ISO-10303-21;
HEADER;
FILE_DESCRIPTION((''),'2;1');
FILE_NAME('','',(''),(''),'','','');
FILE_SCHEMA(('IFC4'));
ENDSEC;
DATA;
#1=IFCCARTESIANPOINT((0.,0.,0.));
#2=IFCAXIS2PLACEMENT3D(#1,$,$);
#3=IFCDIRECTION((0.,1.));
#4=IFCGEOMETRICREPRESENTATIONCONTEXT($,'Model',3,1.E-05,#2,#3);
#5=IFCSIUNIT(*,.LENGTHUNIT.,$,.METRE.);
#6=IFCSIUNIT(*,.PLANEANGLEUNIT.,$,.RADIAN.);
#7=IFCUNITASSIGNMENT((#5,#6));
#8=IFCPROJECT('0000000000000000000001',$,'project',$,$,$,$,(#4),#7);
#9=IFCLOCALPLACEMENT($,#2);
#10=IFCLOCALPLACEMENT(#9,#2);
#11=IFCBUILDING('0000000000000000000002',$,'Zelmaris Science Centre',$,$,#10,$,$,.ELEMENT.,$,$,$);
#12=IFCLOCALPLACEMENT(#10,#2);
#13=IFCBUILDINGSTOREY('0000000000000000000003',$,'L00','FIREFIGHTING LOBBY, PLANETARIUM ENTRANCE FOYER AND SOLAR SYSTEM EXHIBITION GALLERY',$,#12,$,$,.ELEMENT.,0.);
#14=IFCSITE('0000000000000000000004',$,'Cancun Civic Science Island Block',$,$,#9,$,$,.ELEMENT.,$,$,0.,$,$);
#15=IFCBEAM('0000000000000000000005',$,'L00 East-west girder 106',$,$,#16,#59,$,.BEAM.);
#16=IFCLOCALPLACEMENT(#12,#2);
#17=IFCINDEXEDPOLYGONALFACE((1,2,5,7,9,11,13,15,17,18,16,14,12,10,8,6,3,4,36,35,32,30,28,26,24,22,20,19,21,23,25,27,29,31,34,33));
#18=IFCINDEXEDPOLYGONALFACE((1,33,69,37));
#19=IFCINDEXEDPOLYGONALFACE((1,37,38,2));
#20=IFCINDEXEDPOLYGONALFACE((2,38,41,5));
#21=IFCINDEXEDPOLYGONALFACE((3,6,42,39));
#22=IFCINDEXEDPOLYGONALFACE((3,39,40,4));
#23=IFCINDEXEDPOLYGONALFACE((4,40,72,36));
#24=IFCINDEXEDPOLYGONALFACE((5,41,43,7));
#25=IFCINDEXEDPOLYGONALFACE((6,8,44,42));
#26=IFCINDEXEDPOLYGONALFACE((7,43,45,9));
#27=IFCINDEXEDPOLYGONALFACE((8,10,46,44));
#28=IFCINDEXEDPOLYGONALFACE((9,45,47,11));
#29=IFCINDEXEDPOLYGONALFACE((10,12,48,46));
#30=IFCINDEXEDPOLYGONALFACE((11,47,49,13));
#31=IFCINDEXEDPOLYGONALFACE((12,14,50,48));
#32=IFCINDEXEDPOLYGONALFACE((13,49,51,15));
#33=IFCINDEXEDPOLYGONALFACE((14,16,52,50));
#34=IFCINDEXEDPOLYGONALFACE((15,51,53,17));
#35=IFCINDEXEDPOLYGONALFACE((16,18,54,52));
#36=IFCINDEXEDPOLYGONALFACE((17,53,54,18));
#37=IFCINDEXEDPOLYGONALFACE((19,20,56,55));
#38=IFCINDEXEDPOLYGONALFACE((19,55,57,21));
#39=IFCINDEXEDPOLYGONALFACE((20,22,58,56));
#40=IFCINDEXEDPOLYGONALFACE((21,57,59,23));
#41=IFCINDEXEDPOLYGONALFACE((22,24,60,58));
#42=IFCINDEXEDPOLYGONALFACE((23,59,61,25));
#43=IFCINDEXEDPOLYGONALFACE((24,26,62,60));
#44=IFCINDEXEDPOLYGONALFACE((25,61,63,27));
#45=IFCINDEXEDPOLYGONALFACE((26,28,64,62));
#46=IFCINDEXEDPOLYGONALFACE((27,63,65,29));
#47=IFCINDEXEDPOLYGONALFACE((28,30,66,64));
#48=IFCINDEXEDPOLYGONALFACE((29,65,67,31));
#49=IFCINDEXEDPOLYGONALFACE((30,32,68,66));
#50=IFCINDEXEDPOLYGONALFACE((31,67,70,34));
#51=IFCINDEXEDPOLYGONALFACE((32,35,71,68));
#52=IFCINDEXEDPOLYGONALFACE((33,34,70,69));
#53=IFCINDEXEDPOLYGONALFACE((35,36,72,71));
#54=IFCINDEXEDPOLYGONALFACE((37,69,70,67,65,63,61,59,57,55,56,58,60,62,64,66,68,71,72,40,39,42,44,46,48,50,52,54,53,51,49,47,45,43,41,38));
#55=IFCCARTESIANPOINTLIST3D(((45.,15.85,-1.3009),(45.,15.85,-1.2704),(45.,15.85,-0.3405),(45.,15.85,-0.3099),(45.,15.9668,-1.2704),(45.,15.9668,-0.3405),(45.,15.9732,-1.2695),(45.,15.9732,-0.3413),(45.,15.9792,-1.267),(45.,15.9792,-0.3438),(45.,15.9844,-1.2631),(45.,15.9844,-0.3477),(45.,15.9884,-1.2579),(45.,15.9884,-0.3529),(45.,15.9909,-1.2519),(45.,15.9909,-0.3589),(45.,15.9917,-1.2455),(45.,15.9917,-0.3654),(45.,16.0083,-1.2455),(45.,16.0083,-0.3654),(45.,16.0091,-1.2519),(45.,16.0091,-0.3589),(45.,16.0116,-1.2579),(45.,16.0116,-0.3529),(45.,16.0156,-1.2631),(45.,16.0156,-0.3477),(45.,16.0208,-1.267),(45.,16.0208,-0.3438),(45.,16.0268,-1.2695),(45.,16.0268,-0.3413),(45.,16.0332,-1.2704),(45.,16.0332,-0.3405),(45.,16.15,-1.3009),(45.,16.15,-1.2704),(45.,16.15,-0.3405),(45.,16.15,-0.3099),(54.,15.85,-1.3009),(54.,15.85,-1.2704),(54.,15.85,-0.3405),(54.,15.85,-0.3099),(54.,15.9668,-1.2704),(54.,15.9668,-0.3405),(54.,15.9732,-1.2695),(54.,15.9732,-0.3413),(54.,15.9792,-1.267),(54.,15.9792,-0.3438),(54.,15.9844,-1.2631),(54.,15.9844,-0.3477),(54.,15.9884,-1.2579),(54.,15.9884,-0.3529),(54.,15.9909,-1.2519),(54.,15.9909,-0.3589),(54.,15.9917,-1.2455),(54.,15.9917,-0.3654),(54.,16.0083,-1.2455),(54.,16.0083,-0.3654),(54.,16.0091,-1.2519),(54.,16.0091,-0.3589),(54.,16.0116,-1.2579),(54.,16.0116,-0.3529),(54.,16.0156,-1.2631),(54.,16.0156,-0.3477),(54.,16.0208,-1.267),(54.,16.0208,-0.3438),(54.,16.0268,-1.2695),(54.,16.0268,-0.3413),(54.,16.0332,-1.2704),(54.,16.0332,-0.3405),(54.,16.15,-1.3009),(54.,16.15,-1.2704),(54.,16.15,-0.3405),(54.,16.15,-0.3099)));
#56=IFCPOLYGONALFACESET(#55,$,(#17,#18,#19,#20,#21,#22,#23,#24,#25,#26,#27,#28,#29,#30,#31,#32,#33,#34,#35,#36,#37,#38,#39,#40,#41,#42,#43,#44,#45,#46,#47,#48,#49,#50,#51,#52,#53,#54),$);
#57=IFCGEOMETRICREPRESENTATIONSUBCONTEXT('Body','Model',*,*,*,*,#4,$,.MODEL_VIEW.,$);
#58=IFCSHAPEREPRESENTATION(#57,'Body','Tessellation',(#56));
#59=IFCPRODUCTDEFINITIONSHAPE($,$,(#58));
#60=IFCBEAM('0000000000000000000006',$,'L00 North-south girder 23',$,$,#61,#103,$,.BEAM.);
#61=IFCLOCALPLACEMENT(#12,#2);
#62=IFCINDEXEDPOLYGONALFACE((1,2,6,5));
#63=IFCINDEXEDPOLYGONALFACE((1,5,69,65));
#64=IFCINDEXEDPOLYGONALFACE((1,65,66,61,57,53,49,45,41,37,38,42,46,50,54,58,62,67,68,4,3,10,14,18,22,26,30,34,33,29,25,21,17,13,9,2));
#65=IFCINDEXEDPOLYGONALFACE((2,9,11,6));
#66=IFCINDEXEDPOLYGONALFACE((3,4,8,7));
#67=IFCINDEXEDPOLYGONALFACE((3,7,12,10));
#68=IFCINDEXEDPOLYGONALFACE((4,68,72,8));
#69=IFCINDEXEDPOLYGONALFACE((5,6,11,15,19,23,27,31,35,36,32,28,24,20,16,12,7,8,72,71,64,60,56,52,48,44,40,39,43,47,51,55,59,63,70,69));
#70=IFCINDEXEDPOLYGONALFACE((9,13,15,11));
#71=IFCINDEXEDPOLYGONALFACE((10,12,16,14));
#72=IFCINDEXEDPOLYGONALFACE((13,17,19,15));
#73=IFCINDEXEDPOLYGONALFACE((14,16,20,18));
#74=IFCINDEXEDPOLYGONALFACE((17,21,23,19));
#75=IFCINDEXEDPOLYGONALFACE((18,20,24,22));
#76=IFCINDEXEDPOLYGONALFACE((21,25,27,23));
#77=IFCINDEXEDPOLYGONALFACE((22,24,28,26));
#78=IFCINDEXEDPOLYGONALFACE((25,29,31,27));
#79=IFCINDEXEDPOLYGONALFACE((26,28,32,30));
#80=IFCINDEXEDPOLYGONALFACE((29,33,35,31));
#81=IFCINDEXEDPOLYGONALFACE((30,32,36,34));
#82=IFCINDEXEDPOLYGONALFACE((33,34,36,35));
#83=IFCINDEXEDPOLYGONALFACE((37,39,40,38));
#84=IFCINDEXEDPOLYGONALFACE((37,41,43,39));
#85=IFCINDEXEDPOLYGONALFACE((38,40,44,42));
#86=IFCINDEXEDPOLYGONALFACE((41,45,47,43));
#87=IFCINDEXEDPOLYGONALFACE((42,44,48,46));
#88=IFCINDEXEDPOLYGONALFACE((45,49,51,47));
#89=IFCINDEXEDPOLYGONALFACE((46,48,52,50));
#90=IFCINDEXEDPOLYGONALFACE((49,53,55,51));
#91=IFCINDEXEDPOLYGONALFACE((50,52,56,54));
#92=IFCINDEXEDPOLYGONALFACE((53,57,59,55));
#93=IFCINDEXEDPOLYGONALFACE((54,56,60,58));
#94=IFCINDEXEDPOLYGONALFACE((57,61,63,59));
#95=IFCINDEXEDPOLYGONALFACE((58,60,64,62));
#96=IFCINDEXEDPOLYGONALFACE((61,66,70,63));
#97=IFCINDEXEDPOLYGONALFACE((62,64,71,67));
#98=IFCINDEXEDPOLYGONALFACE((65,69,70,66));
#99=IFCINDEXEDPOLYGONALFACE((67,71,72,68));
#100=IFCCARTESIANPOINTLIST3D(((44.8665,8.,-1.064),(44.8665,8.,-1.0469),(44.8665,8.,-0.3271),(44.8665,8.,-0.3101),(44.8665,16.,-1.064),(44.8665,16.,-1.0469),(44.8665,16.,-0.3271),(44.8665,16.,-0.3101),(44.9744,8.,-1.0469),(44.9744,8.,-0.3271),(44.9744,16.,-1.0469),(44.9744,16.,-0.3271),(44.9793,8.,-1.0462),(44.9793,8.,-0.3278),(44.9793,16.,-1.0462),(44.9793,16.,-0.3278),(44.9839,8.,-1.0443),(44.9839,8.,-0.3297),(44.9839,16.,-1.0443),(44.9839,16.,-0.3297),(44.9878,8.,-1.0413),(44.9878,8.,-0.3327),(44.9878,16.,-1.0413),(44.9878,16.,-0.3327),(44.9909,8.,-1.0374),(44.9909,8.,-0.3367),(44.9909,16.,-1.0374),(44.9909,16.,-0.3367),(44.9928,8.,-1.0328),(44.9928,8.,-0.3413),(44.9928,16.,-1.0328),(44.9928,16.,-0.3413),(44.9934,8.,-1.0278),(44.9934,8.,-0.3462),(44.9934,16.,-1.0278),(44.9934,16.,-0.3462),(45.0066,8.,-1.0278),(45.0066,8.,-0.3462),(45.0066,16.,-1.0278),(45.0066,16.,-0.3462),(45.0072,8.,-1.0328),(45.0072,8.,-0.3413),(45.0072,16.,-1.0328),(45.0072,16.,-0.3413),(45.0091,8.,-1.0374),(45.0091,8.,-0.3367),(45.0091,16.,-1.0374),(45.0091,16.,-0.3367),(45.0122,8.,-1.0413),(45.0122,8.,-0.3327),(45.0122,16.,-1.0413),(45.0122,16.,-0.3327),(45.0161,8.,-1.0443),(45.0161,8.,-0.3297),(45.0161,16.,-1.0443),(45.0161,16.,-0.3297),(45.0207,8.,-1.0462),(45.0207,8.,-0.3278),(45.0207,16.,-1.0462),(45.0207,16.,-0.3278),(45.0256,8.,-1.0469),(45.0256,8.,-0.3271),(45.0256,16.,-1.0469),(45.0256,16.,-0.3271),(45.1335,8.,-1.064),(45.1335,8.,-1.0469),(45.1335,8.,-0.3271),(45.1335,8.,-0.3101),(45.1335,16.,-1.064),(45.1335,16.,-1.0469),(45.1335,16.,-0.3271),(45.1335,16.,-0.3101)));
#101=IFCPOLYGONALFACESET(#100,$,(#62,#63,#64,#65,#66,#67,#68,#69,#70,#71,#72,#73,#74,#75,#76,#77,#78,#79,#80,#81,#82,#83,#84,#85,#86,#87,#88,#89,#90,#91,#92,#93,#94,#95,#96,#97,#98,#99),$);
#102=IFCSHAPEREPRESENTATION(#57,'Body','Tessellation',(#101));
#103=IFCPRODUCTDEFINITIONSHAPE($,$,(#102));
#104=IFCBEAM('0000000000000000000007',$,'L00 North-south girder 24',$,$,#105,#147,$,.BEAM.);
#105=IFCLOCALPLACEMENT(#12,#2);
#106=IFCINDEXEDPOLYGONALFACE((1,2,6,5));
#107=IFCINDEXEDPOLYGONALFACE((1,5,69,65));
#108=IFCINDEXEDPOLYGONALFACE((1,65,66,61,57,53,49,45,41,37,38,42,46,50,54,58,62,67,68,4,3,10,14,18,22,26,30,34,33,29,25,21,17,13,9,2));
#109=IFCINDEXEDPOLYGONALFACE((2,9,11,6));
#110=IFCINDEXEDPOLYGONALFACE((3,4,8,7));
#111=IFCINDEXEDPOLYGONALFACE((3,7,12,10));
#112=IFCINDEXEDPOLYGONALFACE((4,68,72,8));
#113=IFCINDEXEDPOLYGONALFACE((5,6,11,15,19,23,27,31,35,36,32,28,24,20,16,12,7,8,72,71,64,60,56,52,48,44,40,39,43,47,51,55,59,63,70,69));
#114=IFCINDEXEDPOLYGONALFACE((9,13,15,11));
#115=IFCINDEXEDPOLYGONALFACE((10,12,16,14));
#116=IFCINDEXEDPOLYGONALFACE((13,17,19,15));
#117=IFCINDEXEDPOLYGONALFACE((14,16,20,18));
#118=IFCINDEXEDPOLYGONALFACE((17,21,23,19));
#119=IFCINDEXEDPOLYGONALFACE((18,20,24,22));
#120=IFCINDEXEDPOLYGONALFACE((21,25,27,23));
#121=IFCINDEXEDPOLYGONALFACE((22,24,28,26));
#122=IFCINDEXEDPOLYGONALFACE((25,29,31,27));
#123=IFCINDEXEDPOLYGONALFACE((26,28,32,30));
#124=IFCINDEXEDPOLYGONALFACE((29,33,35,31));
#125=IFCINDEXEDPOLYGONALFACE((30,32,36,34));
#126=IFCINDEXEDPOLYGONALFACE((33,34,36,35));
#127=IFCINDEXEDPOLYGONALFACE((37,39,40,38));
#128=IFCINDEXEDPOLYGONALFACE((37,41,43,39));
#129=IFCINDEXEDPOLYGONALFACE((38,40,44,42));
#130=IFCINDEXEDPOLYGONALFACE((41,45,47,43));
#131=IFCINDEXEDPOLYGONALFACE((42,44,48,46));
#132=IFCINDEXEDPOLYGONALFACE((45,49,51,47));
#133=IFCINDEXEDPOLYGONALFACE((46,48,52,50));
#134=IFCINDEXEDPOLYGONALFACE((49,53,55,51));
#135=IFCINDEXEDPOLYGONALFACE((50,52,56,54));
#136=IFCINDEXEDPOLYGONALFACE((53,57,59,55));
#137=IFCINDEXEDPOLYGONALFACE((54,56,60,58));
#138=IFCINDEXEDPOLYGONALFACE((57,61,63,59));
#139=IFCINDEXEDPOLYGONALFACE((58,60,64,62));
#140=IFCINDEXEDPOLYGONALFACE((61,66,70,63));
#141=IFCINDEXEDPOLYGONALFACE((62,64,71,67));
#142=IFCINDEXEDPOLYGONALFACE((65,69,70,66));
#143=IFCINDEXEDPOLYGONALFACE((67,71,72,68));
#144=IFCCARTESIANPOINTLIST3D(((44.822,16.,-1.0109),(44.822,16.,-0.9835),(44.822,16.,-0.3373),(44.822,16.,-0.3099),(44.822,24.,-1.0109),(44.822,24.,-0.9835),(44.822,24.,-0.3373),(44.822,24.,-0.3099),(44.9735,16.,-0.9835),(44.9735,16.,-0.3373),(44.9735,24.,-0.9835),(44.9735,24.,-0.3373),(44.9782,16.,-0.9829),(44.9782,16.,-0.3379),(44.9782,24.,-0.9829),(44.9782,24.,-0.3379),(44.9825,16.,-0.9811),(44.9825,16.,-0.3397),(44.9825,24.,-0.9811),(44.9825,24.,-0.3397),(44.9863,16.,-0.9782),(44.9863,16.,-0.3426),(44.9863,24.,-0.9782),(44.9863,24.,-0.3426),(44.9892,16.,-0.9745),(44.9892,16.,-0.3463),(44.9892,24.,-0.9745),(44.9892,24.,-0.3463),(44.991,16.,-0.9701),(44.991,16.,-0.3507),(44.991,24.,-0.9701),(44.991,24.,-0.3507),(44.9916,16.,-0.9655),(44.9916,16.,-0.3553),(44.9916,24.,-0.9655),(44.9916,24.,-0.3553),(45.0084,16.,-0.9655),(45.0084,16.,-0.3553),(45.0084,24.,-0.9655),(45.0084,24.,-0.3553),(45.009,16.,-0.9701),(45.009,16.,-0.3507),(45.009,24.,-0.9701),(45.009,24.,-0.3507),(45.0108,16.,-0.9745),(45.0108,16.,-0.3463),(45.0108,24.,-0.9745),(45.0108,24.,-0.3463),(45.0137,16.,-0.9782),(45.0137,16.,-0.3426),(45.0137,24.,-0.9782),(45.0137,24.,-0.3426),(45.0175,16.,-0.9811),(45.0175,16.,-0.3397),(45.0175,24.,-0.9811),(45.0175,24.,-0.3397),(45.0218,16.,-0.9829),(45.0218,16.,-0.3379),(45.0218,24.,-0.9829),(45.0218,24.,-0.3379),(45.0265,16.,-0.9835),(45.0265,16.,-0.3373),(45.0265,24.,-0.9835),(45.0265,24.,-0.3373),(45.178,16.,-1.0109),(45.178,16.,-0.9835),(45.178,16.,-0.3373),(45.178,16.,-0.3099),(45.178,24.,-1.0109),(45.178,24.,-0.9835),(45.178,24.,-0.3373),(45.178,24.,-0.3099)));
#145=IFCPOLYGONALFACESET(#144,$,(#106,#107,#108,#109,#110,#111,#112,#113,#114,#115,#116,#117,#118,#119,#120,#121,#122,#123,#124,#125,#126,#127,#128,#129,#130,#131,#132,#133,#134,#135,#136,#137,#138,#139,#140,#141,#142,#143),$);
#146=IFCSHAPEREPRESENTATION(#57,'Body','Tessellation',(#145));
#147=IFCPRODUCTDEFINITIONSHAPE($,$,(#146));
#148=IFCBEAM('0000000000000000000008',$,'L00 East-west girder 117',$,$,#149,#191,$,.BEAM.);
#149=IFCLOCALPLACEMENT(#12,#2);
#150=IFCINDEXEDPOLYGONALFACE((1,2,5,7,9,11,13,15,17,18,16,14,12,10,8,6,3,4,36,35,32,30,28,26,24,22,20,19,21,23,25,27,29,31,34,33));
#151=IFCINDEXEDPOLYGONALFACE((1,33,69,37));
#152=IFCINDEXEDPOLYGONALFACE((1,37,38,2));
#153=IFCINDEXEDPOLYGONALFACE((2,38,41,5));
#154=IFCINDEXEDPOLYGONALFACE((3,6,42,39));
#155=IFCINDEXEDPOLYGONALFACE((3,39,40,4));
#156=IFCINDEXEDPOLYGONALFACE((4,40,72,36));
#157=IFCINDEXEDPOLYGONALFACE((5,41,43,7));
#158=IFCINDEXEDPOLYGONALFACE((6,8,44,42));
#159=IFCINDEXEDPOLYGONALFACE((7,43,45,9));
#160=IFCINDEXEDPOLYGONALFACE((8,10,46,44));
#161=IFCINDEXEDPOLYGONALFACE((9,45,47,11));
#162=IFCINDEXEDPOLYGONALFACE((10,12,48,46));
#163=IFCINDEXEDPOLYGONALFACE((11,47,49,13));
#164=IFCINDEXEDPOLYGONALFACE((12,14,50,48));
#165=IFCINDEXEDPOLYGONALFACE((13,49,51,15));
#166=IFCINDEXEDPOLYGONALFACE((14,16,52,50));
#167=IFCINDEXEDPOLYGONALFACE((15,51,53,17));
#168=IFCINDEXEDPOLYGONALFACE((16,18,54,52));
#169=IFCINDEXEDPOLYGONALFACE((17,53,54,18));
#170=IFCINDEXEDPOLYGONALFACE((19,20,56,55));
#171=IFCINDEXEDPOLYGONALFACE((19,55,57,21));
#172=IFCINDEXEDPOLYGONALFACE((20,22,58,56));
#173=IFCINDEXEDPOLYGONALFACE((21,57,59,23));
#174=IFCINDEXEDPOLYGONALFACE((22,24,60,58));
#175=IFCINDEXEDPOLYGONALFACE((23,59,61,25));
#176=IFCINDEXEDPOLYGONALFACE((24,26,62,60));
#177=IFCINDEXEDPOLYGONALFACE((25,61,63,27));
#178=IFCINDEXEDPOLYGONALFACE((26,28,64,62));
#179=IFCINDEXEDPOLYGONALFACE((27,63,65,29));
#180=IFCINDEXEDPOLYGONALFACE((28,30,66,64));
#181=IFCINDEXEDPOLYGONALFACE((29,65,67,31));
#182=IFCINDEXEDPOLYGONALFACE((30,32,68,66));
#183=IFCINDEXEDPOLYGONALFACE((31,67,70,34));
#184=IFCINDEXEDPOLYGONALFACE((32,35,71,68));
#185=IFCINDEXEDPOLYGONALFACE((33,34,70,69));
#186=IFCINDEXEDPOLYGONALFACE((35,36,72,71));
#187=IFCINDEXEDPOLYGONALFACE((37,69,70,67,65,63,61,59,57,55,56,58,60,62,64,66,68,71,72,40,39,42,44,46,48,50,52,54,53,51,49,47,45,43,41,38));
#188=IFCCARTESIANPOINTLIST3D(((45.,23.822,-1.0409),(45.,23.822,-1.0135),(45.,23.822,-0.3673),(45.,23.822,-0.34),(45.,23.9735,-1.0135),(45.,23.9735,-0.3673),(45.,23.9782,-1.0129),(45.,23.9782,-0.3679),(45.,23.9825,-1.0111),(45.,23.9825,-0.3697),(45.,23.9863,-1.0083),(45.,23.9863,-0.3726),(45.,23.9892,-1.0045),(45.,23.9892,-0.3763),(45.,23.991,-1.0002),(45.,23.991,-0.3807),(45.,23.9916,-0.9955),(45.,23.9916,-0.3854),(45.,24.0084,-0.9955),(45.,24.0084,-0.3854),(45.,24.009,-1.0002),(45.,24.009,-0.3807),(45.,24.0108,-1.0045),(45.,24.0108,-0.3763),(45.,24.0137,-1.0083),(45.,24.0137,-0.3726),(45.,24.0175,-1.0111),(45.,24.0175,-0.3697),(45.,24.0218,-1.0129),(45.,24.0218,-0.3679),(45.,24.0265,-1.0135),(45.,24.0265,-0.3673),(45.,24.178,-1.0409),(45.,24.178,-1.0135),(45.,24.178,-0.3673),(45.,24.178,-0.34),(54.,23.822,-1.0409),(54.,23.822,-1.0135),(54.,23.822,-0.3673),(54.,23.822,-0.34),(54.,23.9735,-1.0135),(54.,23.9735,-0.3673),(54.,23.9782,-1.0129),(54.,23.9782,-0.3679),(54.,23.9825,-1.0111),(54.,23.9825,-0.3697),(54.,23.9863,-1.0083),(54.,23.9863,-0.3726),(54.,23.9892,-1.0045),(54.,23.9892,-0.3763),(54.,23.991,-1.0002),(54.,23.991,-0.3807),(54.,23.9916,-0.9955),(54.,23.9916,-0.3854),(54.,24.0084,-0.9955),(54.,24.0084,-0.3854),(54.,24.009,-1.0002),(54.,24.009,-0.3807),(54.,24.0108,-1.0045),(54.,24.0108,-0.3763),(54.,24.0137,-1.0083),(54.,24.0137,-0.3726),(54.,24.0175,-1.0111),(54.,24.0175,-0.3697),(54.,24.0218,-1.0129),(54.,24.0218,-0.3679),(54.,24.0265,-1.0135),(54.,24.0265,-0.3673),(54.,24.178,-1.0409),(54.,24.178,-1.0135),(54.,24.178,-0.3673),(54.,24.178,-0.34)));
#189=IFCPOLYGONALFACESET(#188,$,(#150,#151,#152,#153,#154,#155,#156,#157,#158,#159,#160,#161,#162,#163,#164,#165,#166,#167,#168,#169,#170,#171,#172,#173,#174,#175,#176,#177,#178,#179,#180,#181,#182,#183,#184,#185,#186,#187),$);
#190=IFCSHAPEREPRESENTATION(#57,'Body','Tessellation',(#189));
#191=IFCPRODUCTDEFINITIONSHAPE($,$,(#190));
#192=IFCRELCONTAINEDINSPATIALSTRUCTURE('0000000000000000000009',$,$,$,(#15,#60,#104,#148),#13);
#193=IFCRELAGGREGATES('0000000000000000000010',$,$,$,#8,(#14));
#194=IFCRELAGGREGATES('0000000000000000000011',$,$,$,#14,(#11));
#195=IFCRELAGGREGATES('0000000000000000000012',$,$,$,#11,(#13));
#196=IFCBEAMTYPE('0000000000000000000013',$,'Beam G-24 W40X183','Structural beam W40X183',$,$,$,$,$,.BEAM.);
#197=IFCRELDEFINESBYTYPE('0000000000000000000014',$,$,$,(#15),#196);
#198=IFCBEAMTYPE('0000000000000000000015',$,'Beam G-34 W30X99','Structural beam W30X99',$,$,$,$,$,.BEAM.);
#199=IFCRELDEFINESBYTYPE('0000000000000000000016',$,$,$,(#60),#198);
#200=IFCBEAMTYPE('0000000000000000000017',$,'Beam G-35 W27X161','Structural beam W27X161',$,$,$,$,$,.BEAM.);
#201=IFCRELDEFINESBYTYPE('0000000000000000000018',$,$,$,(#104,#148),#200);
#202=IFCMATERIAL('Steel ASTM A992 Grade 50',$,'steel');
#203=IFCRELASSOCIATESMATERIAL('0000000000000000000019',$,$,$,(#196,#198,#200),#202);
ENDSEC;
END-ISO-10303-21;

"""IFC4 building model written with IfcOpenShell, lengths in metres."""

from ifc_helpers import new_model, si_unit, direction, frame, origin, origin_2d, place, context, subcontext, project, spatial, i_section, extrude, material, material_profile, profile_set, type_object, element, save


model = new_model("IFC4")

# Units and contexts
model_context = context("Model", 3, precision=1e-05, world=origin(), true_north=direction((0.0, 1.0)))
body_context = subcontext(model_context, "Body", "Model", "MODEL_VIEW")
ifc_project = project(units=[si_unit("LENGTHUNIT", "METRE"), si_unit("PLANEANGLEUNIT", "RADIAN")], contexts=[model_context])

# Site, building, storey
site_placement = place(None, origin())
site = spatial("IfcSite", under=ifc_project, at=site_placement, Name="Cancun Civic Science Island Block", CompositionType="ELEMENT", RefElevation=0.0)
building_placement = place(site_placement, origin())
building = spatial("IfcBuilding", under=site, at=building_placement, Name="Zelmaris Science Centre", CompositionType="ELEMENT")
storey_placement = place(building_placement, origin())
storey = spatial("IfcBuildingStorey", under=building, at=storey_placement, Name="L00", Description="FIREFIGHTING LOBBY, PLANETARIUM ENTRANCE FOYER AND SOLAR SYSTEM EXHIBITION GALLERY", CompositionType="ELEMENT", Elevation=0.0)

# Shared definitions
ifc_material_1 = material(Name="Steel ASTM A992 Grade 50", Category="steel")

# Beams
ifc_material_profile_1 = material_profile(ifc_material_1, i_section(OverallWidth=0.3, OverallDepth=0.991, WebThickness=0.0166, FlangeThickness=0.0305, FilletRadius=0.0249, at=origin_2d()), Name="W40X183")
ifc_profile_set_1 = profile_set([ifc_material_profile_1], Name="Steel ASTM A992 Grade 50")
beam_type_1 = type_object("IfcBeamType", Name="Beam G-24 W40X183", Description="Structural beam W40X183", PredefinedType="BEAM", material=ifc_profile_set_1)
beam_1_placement = place(storey_placement, frame((45.0, 16.0, -0.8054), z_axis=(1.0, 0.0, 0.0), x_axis=(0.0, 1.0, 0.0)))
element("IfcBeam", 1, at=beam_1_placement, inside=storey, type_object=beam_type_1, Name="L00 East-west girder 106", PredefinedType="BEAM", context=body_context, shape_type="SweptSolid", body=[
    extrude(i_section(OverallWidth=0.3, OverallDepth=0.991, WebThickness=0.0166, FlangeThickness=0.0305, FilletRadius=0.0249, at=origin_2d()), origin(), (0.0, 0.0, 1.0), 9.0),
])
ifc_material_profile_2 = material_profile(ifc_material_1, i_section(OverallWidth=0.2671, OverallDepth=0.7539, WebThickness=0.0132, FlangeThickness=0.0171, FilletRadius=0.019, at=origin_2d()), Name="W30X99")
ifc_profile_set_2 = profile_set([ifc_material_profile_2], Name="Steel ASTM A992 Grade 50")
beam_type_2 = type_object("IfcBeamType", Name="Beam G-34 W30X99", Description="Structural beam W30X99", PredefinedType="BEAM", material=ifc_profile_set_2)
beam_2_placement = place(storey_placement, frame((45.0, 8.0, -0.687), z_axis=(0.0, 1.0, 0.0), x_axis=(-1.0, 0.0, 0.0)))
element("IfcBeam", 2, at=beam_2_placement, inside=storey, type_object=beam_type_2, Name="L00 North-south girder 23", PredefinedType="BEAM", context=body_context, shape_type="SweptSolid", body=[
    extrude(i_section(OverallWidth=0.2671, OverallDepth=0.7539, WebThickness=0.0132, FlangeThickness=0.0171, FilletRadius=0.019, at=origin_2d()), origin(), (0.0, 0.0, 1.0), 8.0),
])
ifc_material_profile_3 = material_profile(ifc_material_1, i_section(OverallWidth=0.356, OverallDepth=0.7009, WebThickness=0.0168, FlangeThickness=0.0273, FilletRadius=0.0181, at=origin_2d()), Name="W27X161")
ifc_profile_set_3 = profile_set([ifc_material_profile_3], Name="Steel ASTM A992 Grade 50")
beam_type_3 = type_object("IfcBeamType", Name="Beam G-35 W27X161", Description="Structural beam W27X161", PredefinedType="BEAM", material=ifc_profile_set_3)
beam_3_placement = place(storey_placement, frame((45.0, 16.0, -0.6604), z_axis=(0.0, 1.0, 0.0), x_axis=(-1.0, 0.0, 0.0)))
element("IfcBeam", 3, at=beam_3_placement, inside=storey, type_object=beam_type_3, Name="L00 North-south girder 24", PredefinedType="BEAM", context=body_context, shape_type="SweptSolid", body=[
    extrude(i_section(OverallWidth=0.356, OverallDepth=0.7009, WebThickness=0.0168, FlangeThickness=0.0273, FilletRadius=0.0181, at=origin_2d()), origin(), (0.0, 0.0, 1.0), 8.0),
])
beam_4_placement = place(storey_placement, frame((45.0, 24.0, -0.6904), z_axis=(1.0, 0.0, 0.0), x_axis=(0.0, 1.0, 0.0)))
element("IfcBeam", 4, at=beam_4_placement, inside=storey, type_object=beam_type_3, Name="L00 East-west girder 117", PredefinedType="BEAM", context=body_context, shape_type="SweptSolid", body=[
    extrude(i_section(OverallWidth=0.356, OverallDepth=0.7009, WebThickness=0.0168, FlangeThickness=0.0273, FilletRadius=0.0181, at=origin_2d()), origin(), (0.0, 0.0, 1.0), 9.0),
])

save(model, "model.ifc")
